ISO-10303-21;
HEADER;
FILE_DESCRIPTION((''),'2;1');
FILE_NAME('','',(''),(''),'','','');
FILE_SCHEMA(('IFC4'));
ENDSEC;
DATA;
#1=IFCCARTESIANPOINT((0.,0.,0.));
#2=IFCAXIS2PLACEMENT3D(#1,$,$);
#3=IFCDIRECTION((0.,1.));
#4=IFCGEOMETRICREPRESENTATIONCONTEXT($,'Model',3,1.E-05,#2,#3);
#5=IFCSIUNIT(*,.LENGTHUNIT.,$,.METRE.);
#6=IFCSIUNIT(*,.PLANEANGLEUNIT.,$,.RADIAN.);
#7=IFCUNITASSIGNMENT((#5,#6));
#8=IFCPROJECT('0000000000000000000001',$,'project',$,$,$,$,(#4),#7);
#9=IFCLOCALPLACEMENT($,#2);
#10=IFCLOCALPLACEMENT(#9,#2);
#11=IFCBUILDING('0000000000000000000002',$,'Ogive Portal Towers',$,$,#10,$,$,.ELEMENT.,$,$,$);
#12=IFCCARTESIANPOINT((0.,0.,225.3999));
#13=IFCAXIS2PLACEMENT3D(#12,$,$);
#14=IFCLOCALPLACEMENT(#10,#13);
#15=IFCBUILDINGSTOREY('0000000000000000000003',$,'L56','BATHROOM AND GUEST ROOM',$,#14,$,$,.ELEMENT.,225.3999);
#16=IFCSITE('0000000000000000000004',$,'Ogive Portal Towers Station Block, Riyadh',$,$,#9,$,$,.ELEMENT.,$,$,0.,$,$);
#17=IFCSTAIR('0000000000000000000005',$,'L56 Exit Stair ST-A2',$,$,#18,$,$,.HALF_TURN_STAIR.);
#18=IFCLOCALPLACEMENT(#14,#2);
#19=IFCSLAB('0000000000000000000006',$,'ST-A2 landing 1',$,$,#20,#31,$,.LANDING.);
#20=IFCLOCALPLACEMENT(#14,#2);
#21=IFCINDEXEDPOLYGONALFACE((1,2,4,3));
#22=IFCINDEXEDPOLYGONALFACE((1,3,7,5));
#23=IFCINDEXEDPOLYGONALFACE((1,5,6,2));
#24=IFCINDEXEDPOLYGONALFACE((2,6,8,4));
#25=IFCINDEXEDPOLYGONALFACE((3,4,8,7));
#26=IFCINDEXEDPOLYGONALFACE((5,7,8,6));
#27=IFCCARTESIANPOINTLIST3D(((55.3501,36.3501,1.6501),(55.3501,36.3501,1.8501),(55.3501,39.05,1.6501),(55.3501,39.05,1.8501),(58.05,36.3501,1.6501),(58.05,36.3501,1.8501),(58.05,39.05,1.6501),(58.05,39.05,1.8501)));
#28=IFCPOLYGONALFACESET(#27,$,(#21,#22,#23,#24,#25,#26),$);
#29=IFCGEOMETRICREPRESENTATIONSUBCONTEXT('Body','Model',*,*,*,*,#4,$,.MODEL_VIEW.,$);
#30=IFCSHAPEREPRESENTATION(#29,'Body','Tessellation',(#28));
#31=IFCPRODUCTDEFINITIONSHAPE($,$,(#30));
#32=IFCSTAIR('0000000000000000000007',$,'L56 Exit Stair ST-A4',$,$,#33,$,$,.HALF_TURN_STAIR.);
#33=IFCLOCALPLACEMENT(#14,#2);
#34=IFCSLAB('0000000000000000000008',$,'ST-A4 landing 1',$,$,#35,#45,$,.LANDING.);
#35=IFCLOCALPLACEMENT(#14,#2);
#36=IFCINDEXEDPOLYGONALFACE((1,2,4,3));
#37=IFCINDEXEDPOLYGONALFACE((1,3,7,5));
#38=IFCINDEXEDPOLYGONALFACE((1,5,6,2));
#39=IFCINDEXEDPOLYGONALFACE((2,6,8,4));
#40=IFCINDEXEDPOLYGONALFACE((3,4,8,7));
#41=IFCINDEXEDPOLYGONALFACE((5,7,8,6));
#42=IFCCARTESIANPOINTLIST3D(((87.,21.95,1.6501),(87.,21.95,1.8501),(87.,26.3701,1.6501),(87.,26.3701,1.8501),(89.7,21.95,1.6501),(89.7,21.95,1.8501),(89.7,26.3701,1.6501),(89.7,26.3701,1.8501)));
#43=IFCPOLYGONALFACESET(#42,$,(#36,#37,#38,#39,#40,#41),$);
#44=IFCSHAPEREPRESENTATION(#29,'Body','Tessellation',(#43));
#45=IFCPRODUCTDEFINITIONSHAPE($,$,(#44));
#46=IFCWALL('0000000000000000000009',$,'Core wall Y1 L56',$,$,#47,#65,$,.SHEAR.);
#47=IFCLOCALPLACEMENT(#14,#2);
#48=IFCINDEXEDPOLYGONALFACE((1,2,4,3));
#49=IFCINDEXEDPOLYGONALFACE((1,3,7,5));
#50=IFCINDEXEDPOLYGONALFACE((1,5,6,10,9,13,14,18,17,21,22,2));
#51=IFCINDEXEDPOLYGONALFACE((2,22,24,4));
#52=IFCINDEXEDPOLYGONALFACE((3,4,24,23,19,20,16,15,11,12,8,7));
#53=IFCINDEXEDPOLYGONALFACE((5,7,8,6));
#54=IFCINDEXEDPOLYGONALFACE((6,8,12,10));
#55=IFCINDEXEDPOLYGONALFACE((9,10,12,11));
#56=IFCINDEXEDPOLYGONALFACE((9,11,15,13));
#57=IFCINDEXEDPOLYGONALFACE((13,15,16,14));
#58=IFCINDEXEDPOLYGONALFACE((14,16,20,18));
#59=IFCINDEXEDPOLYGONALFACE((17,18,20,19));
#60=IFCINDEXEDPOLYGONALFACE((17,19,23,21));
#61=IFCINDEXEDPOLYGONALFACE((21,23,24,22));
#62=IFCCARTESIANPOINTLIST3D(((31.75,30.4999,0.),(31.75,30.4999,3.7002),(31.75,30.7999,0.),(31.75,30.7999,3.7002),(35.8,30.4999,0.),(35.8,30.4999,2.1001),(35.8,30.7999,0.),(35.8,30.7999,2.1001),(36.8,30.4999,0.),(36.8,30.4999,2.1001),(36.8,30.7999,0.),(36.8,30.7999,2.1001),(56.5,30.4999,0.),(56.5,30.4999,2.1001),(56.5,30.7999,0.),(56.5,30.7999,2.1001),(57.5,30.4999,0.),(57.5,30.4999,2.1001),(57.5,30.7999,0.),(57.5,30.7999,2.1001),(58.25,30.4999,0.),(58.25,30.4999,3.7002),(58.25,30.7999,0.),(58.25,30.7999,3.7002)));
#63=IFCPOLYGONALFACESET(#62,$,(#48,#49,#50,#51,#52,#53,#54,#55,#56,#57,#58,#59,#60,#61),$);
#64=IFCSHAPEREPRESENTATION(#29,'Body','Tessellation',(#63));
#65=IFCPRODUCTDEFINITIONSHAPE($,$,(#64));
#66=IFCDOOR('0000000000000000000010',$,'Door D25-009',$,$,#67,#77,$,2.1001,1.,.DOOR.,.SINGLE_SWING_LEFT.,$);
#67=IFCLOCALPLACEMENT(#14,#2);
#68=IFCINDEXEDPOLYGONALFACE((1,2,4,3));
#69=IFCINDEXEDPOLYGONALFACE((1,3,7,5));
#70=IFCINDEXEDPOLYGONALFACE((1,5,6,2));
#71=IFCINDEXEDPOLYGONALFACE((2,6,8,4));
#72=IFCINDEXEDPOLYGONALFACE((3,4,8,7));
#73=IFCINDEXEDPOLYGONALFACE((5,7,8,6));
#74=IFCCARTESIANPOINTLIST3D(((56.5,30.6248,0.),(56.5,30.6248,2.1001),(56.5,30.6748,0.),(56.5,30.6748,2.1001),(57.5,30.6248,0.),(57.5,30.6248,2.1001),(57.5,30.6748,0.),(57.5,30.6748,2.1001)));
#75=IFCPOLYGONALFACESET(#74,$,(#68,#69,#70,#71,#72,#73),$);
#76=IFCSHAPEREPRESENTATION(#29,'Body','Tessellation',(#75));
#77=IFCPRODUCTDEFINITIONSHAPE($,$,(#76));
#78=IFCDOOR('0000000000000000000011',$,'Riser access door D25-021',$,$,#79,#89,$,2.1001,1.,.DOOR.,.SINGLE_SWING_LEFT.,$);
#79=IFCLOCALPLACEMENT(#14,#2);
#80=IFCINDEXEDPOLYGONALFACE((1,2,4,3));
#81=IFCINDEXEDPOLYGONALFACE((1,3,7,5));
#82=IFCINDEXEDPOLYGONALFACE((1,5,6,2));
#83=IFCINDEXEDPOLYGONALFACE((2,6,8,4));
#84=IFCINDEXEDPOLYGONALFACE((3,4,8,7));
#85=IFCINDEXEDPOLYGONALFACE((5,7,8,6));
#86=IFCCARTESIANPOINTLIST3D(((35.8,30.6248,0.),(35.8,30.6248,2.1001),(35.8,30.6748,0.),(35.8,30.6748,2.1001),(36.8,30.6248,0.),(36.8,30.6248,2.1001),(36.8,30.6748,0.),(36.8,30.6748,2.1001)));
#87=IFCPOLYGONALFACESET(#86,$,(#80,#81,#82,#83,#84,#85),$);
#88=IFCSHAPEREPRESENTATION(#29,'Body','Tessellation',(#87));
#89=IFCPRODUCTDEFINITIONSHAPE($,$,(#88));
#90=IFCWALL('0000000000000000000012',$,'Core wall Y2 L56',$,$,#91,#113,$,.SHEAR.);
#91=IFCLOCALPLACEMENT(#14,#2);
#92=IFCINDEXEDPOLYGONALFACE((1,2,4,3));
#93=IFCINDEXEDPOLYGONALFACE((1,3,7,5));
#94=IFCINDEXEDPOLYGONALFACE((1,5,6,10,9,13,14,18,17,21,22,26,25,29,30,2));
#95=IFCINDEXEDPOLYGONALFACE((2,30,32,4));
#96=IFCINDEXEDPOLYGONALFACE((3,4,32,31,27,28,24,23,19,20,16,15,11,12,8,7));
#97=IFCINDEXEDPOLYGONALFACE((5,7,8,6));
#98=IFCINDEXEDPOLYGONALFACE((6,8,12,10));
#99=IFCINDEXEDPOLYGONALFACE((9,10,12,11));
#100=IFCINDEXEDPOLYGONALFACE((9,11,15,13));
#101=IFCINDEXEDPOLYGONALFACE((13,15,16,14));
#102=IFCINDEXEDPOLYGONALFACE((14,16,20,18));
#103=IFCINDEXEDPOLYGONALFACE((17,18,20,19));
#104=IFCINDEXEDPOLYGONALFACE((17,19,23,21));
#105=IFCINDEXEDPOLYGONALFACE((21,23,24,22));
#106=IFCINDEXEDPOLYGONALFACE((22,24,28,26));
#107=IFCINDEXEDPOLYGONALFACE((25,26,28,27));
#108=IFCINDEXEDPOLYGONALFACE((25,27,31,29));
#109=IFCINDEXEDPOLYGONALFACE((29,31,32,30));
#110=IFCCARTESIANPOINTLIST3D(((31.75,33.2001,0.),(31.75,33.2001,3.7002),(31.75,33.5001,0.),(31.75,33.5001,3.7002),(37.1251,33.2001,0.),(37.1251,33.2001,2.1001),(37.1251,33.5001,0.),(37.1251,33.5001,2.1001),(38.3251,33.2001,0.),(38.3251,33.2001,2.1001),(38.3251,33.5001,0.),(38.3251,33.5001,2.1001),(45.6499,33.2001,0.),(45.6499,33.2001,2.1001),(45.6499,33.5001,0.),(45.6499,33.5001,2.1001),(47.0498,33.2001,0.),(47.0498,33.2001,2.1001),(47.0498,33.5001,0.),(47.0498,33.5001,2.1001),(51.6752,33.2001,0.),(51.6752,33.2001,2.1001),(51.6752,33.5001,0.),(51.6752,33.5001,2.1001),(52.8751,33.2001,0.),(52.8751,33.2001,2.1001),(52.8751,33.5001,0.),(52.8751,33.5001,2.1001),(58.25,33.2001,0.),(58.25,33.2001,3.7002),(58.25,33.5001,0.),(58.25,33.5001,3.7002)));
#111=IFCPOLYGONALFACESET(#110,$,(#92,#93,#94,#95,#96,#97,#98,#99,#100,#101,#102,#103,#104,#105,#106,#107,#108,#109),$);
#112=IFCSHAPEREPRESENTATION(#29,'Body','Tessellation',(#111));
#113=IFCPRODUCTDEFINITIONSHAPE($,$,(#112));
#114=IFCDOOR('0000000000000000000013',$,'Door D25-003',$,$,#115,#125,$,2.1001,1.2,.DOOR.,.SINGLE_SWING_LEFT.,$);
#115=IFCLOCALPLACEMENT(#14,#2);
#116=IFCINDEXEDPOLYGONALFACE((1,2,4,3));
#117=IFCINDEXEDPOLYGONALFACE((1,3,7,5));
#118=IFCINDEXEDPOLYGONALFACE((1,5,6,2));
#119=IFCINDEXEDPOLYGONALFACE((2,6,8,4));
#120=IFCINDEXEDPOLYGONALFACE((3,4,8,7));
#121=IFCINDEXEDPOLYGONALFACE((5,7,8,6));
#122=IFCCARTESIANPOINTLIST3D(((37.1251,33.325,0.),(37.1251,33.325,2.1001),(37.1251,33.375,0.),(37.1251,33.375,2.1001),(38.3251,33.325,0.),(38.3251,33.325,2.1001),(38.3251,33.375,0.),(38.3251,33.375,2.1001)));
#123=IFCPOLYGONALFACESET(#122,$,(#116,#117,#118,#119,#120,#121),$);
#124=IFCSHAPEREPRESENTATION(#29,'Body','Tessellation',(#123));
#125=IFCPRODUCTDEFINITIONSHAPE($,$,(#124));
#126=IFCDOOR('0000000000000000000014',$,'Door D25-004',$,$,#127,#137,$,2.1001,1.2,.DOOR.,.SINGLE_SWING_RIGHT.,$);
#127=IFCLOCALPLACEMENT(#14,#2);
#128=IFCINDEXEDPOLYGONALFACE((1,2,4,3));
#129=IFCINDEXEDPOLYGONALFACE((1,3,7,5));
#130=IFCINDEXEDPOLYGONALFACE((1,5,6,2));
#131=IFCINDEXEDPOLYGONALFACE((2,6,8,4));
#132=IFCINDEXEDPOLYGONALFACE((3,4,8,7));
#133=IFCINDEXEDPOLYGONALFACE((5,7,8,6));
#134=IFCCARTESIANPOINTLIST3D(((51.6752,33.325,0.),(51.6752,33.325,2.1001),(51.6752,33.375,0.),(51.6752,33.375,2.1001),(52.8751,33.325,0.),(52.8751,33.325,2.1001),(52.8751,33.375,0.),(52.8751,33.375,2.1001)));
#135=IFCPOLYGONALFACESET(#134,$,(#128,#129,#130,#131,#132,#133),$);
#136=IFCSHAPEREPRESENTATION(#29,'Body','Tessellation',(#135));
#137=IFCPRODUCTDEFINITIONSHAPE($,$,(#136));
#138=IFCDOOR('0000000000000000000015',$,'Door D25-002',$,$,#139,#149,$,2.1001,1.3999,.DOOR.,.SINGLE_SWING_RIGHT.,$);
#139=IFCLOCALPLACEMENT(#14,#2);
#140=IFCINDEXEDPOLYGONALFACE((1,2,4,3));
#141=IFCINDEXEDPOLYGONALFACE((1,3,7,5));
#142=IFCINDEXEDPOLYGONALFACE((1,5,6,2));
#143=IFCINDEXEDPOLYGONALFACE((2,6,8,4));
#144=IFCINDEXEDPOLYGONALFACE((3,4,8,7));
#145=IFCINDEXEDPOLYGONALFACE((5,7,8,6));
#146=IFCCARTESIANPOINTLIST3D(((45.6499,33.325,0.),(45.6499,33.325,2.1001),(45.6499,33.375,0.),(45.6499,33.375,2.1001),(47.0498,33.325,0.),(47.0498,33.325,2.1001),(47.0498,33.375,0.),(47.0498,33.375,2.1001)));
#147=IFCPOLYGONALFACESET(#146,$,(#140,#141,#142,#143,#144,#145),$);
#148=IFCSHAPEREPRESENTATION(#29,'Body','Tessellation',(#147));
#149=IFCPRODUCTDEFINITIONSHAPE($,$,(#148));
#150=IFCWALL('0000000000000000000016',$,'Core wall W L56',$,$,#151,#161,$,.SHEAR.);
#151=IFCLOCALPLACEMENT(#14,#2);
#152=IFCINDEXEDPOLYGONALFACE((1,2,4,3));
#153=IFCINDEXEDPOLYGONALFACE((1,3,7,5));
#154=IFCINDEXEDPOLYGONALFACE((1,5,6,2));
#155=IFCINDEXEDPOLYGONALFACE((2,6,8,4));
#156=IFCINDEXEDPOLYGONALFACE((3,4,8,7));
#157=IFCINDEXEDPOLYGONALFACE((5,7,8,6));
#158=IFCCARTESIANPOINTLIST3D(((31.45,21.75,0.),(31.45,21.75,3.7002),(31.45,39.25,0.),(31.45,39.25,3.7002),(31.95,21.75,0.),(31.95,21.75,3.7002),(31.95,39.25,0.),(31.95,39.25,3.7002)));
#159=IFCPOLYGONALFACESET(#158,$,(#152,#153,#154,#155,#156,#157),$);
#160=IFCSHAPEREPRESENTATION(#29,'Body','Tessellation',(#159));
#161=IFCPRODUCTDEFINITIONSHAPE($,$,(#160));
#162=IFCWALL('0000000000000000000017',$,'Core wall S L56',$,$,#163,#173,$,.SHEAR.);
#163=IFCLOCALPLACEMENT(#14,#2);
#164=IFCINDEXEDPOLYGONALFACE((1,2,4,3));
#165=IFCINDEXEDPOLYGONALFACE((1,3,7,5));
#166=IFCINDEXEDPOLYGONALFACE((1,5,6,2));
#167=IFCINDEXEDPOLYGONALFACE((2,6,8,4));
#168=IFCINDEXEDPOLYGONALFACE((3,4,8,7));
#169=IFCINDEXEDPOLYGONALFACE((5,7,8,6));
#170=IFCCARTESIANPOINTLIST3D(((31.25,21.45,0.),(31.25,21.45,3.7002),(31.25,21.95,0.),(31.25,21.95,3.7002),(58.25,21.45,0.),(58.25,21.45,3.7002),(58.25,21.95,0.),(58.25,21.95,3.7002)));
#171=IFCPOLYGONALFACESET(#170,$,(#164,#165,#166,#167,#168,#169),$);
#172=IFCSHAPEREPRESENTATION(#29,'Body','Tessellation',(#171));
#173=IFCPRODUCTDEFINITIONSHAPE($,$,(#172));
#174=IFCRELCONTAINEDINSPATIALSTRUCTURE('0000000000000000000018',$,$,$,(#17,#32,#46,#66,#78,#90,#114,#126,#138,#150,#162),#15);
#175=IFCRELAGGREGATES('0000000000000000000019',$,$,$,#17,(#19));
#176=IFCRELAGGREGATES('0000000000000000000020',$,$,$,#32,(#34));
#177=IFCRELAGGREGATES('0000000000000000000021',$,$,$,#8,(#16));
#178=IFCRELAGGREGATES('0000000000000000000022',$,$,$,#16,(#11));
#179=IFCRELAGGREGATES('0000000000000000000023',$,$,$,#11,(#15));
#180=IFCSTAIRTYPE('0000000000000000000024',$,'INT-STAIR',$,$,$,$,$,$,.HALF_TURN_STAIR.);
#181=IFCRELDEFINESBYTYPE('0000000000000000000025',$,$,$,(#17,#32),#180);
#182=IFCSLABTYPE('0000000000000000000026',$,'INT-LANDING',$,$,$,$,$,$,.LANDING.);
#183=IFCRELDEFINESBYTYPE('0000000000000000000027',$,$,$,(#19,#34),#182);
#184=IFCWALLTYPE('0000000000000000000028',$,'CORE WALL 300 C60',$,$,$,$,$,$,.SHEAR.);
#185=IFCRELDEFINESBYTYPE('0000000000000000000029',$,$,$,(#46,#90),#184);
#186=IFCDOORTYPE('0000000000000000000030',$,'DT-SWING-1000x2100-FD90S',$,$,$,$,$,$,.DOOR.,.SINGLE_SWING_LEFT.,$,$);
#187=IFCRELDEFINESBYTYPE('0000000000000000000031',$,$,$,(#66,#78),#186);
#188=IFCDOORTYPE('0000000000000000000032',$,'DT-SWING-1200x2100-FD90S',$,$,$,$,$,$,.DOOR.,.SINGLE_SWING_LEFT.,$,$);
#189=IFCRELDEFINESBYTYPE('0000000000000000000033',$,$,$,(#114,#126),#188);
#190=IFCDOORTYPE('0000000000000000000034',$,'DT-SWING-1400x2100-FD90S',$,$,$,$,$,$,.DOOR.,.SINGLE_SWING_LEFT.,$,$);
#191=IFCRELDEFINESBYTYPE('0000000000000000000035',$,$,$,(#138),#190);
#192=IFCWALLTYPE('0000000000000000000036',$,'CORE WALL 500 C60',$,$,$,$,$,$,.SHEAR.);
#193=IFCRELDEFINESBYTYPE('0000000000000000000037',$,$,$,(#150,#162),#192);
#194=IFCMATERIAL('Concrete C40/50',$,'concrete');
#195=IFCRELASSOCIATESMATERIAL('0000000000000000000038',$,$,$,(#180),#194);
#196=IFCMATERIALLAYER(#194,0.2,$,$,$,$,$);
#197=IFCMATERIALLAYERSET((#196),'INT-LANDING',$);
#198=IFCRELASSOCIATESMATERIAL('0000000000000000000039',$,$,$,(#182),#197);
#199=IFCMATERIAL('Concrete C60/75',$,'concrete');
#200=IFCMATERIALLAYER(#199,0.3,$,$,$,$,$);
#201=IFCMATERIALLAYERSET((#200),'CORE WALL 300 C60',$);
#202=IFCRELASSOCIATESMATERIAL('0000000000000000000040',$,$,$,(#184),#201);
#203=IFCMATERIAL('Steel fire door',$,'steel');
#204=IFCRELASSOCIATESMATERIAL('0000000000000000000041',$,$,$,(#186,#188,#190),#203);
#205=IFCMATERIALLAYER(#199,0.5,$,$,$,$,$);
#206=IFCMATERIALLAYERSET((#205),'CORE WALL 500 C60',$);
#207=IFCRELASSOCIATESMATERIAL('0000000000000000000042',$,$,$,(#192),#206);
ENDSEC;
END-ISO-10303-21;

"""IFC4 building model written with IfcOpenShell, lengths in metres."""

from ifc_helpers import new_model, si_unit, direction, frame, frame_2d, origin, place, context, subcontext, project, spatial, polyline, rectangle, outline, extrude, material, layer, layer_set, type_object, element, fill, aggregate, save


model = new_model("IFC4")

# Units and contexts
model_context = context("Model", 3, precision=1e-05, world=origin(), true_north=direction((0.0, 1.0)))
body_context = subcontext(model_context, "Body", "Model", "MODEL_VIEW")
ifc_project = project(units=[si_unit("LENGTHUNIT", "METRE"), si_unit("PLANEANGLEUNIT", "RADIAN")], contexts=[model_context])

# Site, building, storey
site_placement = place(None, origin())
site = spatial("IfcSite", under=ifc_project, at=site_placement, Name="Ogive Portal Towers Station Block, Riyadh", CompositionType="ELEMENT", RefElevation=0.0)
building_placement = place(site_placement, origin())
building = spatial("IfcBuilding", under=site, at=building_placement, Name="Ogive Portal Towers", CompositionType="ELEMENT")
storey_placement = place(building_placement, frame((0.0, 0.0, 225.3999)))
storey = spatial("IfcBuildingStorey", under=building, at=storey_placement, Name="L56", Description="BATHROOM AND GUEST ROOM", CompositionType="ELEMENT", Elevation=225.3999)

# Stairs, slabs
ifc_material_1 = material(Name="Concrete C40/50", Category="concrete")
stair_type = type_object("IfcStairType", Name="INT-STAIR", PredefinedType="HALF_TURN_STAIR", material=ifc_material_1)
stair_1_placement = place(storey_placement, origin())
stair_1 = element("IfcStair", 1, at=stair_1_placement, inside=storey, type_object=stair_type, Name="L56 Exit Stair ST-A2", PredefinedType="HALF_TURN_STAIR")
ifc_layer_1 = layer(ifc_material_1, 0.2)
ifc_layer_set_1 = layer_set([ifc_layer_1], Name="INT-LANDING")
slab_type = type_object("IfcSlabType", Name="INT-LANDING", PredefinedType="LANDING", material=ifc_layer_set_1)
slab_1_placement = place(storey_placement, frame((0.0, 0.0, 1.6501)))
slab_1 = element("IfcSlab", 2, at=slab_1_placement, type_object=slab_type, Name="ST-A2 landing 1", PredefinedType="LANDING", context=body_context, shape_type="SweptSolid", body=[
    extrude(outline(polyline([(55.3501, 36.3501), (58.05, 36.3501), (58.05, 39.05), (55.3501, 39.05), (55.3501, 36.3501)])), origin(), (0.0, 0.0, 1.0), 0.2),
])
aggregate(stair_1, [slab_1])
stair_2_placement = place(storey_placement, origin())
stair_2 = element("IfcStair", 3, at=stair_2_placement, inside=storey, type_object=stair_type, Name="L56 Exit Stair ST-A4", PredefinedType="HALF_TURN_STAIR")
slab_2_placement = place(storey_placement, frame((0.0, 0.0, 1.6501)))
slab_2 = element("IfcSlab", 4, at=slab_2_placement, type_object=slab_type, Name="ST-A4 landing 1", PredefinedType="LANDING", context=body_context, shape_type="SweptSolid", body=[
    extrude(outline(polyline([(87.0, 26.3701), (87.0, 21.95), (89.7, 21.95), (89.7, 26.3701), (87.0, 26.3701)])), origin(), (0.0, 0.0, 1.0), 0.2),
])
aggregate(stair_2, [slab_2])

# Walls, openings, doors
ifc_material_2 = material(Name="Concrete C60/75", Category="concrete")
ifc_layer_2 = layer(ifc_material_2, 0.3)
ifc_layer_set_2 = layer_set([ifc_layer_2], Name="CORE WALL 300 C60")
wall_type_1 = type_object("IfcWallType", Name="CORE WALL 300 C60", PredefinedType="SHEAR", material=ifc_layer_set_2)
wall_1_placement = place(storey_placement, frame((31.75, 30.6499, 0.0), z_axis=(0.0, 0.0, 1.0), x_axis=(1.0, 0.0, 0.0)))
wall_1 = element("IfcWall", 5, at=wall_1_placement, inside=storey, type_object=wall_type_1, Name="Core wall Y1 L56", PredefinedType="SHEAR", context=body_context, shape_type="SweptSolid", body=[
    extrude(rectangle(XDim=26.5, YDim=0.3, at=frame_2d((13.25, 0.0))), origin(), (0.0, 0.0, 1.0), 3.7002),
])
opening_1_placement = place(wall_1_placement, frame((24.75, 0.0, 0.0)))
opening_1 = element("IfcOpeningElement", 6, at=opening_1_placement, cuts=wall_1, PredefinedType="OPENING", context=body_context, shape_type="SweptSolid", body=[
    extrude(rectangle(XDim=1.0, YDim=2.1001, at=frame_2d((0.5, 1.05))), frame((0.0, 0.1602, 0.0), z_axis=(0.0, -1.0, 0.0), x_axis=(1.0, 0.0, 0.0)), (0.0, 0.0, 1.0), 0.3201),
])
opening_2_placement = place(wall_1_placement, frame((4.05, 0.0, 0.0)))
opening_2 = element("IfcOpeningElement", 7, at=opening_2_placement, cuts=wall_1, PredefinedType="OPENING", context=body_context, shape_type="SweptSolid", body=[
    extrude(rectangle(XDim=1.0, YDim=2.1001, at=frame_2d((0.5, 1.05))), frame((0.0, 0.1602, 0.0), z_axis=(0.0, -1.0, 0.0), x_axis=(1.0, 0.0, 0.0)), (0.0, 0.0, 1.0), 0.3201),
])
ifc_material_3 = material(Name="Steel fire door", Category="steel")
door_type_1 = type_object("IfcDoorType", Name="DT-SWING-1000x2100-FD90S", OperationType="SINGLE_SWING_LEFT", PredefinedType="DOOR", material=ifc_material_3)
door_1_placement = place(opening_1_placement, origin())
door_1 = element("IfcDoor", 8, at=door_1_placement, inside=storey, type_object=door_type_1, Name="Door D25-009", OperationType="SINGLE_SWING_LEFT", OverallHeight=2.1001, OverallWidth=1.0, PredefinedType="DOOR", context=body_context, shape_type="SweptSolid", body=[
    extrude(rectangle(XDim=1.0, YDim=2.1001, at=frame_2d((0.5, 1.05))), frame((0.0, 0.0249, 0.0), z_axis=(0.0, -1.0, 0.0), x_axis=(1.0, 0.0, 0.0)), (0.0, 0.0, 1.0), 0.05),
])
fill(opening_1, door_1)
door_2_placement = place(opening_2_placement, origin())
door_2 = element("IfcDoor", 9, at=door_2_placement, inside=storey, type_object=door_type_1, Name="Riser access door D25-021", OperationType="SINGLE_SWING_LEFT", OverallHeight=2.1001, OverallWidth=1.0, PredefinedType="DOOR", context=body_context, shape_type="SweptSolid", body=[
    extrude(rectangle(XDim=1.0, YDim=2.1001, at=frame_2d((0.5, 1.05))), frame((0.0, 0.0249, 0.0), z_axis=(0.0, -1.0, 0.0), x_axis=(1.0, 0.0, 0.0)), (0.0, 0.0, 1.0), 0.05),
])
fill(opening_2, door_2)
wall_2_placement = place(storey_placement, frame((31.75, 33.3501, 0.0), z_axis=(0.0, 0.0, 1.0), x_axis=(1.0, 0.0, 0.0)))
wall_2 = element("IfcWall", 10, at=wall_2_placement, inside=storey, type_object=wall_type_1, Name="Core wall Y2 L56", PredefinedType="SHEAR", context=body_context, shape_type="SweptSolid", body=[
    extrude(rectangle(XDim=26.5, YDim=0.3, at=frame_2d((13.25, 0.0))), origin(), (0.0, 0.0, 1.0), 3.7002),
])
opening_3_placement = place(wall_2_placement, frame((13.8999, 0.0, 0.0)))
opening_3 = element("IfcOpeningElement", 11, at=opening_3_placement, cuts=wall_2, PredefinedType="OPENING", context=body_context, shape_type="SweptSolid", body=[
    extrude(rectangle(XDim=1.3999, YDim=2.1001, at=frame_2d((0.7, 1.05))), frame((0.0, 0.1602, 0.0), z_axis=(0.0, -1.0, 0.0), x_axis=(1.0, 0.0, 0.0)), (0.0, 0.0, 1.0), 0.3201),
])
opening_4_placement = place(wall_2_placement, frame((5.375, 0.0, 0.0)))
opening_4 = element("IfcOpeningElement", 12, at=opening_4_placement, cuts=wall_2, PredefinedType="OPENING", context=body_context, shape_type="SweptSolid", body=[
    extrude(rectangle(XDim=1.2, YDim=2.1001, at=frame_2d((0.6001, 1.05))), frame((0.0, 0.1602, 0.0), z_axis=(0.0, -1.0, 0.0), x_axis=(1.0, 0.0, 0.0)), (0.0, 0.0, 1.0), 0.3201),
])
opening_5_placement = place(wall_2_placement, frame((19.925, 0.0, 0.0)))
opening_5 = element("IfcOpeningElement", 13, at=opening_5_placement, cuts=wall_2, PredefinedType="OPENING", context=body_context, shape_type="SweptSolid", body=[
    extrude(rectangle(XDim=1.2, YDim=2.1001, at=frame_2d((0.6001, 1.05))), frame((0.0, 0.1602, 0.0), z_axis=(0.0, -1.0, 0.0), x_axis=(1.0, 0.0, 0.0)), (0.0, 0.0, 1.0), 0.3201),
])
door_type_2 = type_object("IfcDoorType", Name="DT-SWING-1200x2100-FD90S", OperationType="SINGLE_SWING_LEFT", PredefinedType="DOOR", material=ifc_material_3)
door_3_placement = place(opening_4_placement, origin())
door_3 = element("IfcDoor", 14, at=door_3_placement, inside=storey, type_object=door_type_2, Name="Door D25-003", OperationType="SINGLE_SWING_LEFT", OverallHeight=2.1001, OverallWidth=1.2, PredefinedType="DOOR", context=body_context, shape_type="SweptSolid", body=[
    extrude(rectangle(XDim=1.2, YDim=2.1001, at=frame_2d((0.6001, 1.05))), frame((0.0, 0.0249, 0.0), z_axis=(0.0, -1.0, 0.0), x_axis=(1.0, 0.0, 0.0)), (0.0, 0.0, 1.0), 0.05),
])
fill(opening_4, door_3)
door_4_placement = place(opening_5_placement, origin())
door_4 = element("IfcDoor", 15, at=door_4_placement, inside=storey, type_object=door_type_2, Name="Door D25-004", OperationType="SINGLE_SWING_RIGHT", OverallHeight=2.1001, OverallWidth=1.2, PredefinedType="DOOR", context=body_context, shape_type="SweptSolid", body=[
    extrude(rectangle(XDim=1.2, YDim=2.1001, at=frame_2d((0.6001, 1.05))), frame((0.0, 0.0249, 0.0), z_axis=(0.0, -1.0, 0.0), x_axis=(1.0, 0.0, 0.0)), (0.0, 0.0, 1.0), 0.05),
])
fill(opening_5, door_4)
door_type_3 = type_object("IfcDoorType", Name="DT-SWING-1400x2100-FD90S", OperationType="SINGLE_SWING_LEFT", PredefinedType="DOOR", material=ifc_material_3)
door_5_placement = place(opening_3_placement, origin())
door_5 = element("IfcDoor", 16, at=door_5_placement, inside=storey, type_object=door_type_3, Name="Door D25-002", OperationType="SINGLE_SWING_RIGHT", OverallHeight=2.1001, OverallWidth=1.3999, PredefinedType="DOOR", context=body_context, shape_type="SweptSolid", body=[
    extrude(rectangle(XDim=1.3999, YDim=2.1001, at=frame_2d((0.7, 1.05))), frame((0.0, 0.0249, 0.0), z_axis=(0.0, -1.0, 0.0), x_axis=(1.0, 0.0, 0.0)), (0.0, 0.0, 1.0), 0.05),
])
fill(opening_3, door_5)

# Walls
ifc_layer_3 = layer(ifc_material_2, 0.5)
ifc_layer_set_3 = layer_set([ifc_layer_3], Name="CORE WALL 500 C60")
wall_type_2 = type_object("IfcWallType", Name="CORE WALL 500 C60", PredefinedType="SHEAR", material=ifc_layer_set_3)
wall_3_placement = place(storey_placement, frame((31.7, 21.75, 0.0), z_axis=(0.0, 0.0, 1.0), x_axis=(0.0, 1.0, 0.0)))
element("IfcWall", 17, at=wall_3_placement, inside=storey, type_object=wall_type_2, Name="Core wall W L56", PredefinedType="SHEAR", context=body_context, shape_type="SweptSolid", body=[
    extrude(rectangle(XDim=17.5, YDim=0.5, at=frame_2d((8.75, 0.0))), origin(), (0.0, 0.0, 1.0), 3.7002),
])
wall_4_placement = place(storey_placement, frame((31.25, 21.7, 0.0), z_axis=(0.0, 0.0, 1.0), x_axis=(1.0, 0.0, 0.0)))
element("IfcWall", 18, at=wall_4_placement, inside=storey, type_object=wall_type_2, Name="Core wall S L56", PredefinedType="SHEAR", context=body_context, shape_type="SweptSolid", body=[
    extrude(rectangle(XDim=27.0, YDim=0.5, at=frame_2d((13.5, 0.0))), origin(), (0.0, 0.0, 1.0), 3.7002),
])

save(model, "model.ifc")
